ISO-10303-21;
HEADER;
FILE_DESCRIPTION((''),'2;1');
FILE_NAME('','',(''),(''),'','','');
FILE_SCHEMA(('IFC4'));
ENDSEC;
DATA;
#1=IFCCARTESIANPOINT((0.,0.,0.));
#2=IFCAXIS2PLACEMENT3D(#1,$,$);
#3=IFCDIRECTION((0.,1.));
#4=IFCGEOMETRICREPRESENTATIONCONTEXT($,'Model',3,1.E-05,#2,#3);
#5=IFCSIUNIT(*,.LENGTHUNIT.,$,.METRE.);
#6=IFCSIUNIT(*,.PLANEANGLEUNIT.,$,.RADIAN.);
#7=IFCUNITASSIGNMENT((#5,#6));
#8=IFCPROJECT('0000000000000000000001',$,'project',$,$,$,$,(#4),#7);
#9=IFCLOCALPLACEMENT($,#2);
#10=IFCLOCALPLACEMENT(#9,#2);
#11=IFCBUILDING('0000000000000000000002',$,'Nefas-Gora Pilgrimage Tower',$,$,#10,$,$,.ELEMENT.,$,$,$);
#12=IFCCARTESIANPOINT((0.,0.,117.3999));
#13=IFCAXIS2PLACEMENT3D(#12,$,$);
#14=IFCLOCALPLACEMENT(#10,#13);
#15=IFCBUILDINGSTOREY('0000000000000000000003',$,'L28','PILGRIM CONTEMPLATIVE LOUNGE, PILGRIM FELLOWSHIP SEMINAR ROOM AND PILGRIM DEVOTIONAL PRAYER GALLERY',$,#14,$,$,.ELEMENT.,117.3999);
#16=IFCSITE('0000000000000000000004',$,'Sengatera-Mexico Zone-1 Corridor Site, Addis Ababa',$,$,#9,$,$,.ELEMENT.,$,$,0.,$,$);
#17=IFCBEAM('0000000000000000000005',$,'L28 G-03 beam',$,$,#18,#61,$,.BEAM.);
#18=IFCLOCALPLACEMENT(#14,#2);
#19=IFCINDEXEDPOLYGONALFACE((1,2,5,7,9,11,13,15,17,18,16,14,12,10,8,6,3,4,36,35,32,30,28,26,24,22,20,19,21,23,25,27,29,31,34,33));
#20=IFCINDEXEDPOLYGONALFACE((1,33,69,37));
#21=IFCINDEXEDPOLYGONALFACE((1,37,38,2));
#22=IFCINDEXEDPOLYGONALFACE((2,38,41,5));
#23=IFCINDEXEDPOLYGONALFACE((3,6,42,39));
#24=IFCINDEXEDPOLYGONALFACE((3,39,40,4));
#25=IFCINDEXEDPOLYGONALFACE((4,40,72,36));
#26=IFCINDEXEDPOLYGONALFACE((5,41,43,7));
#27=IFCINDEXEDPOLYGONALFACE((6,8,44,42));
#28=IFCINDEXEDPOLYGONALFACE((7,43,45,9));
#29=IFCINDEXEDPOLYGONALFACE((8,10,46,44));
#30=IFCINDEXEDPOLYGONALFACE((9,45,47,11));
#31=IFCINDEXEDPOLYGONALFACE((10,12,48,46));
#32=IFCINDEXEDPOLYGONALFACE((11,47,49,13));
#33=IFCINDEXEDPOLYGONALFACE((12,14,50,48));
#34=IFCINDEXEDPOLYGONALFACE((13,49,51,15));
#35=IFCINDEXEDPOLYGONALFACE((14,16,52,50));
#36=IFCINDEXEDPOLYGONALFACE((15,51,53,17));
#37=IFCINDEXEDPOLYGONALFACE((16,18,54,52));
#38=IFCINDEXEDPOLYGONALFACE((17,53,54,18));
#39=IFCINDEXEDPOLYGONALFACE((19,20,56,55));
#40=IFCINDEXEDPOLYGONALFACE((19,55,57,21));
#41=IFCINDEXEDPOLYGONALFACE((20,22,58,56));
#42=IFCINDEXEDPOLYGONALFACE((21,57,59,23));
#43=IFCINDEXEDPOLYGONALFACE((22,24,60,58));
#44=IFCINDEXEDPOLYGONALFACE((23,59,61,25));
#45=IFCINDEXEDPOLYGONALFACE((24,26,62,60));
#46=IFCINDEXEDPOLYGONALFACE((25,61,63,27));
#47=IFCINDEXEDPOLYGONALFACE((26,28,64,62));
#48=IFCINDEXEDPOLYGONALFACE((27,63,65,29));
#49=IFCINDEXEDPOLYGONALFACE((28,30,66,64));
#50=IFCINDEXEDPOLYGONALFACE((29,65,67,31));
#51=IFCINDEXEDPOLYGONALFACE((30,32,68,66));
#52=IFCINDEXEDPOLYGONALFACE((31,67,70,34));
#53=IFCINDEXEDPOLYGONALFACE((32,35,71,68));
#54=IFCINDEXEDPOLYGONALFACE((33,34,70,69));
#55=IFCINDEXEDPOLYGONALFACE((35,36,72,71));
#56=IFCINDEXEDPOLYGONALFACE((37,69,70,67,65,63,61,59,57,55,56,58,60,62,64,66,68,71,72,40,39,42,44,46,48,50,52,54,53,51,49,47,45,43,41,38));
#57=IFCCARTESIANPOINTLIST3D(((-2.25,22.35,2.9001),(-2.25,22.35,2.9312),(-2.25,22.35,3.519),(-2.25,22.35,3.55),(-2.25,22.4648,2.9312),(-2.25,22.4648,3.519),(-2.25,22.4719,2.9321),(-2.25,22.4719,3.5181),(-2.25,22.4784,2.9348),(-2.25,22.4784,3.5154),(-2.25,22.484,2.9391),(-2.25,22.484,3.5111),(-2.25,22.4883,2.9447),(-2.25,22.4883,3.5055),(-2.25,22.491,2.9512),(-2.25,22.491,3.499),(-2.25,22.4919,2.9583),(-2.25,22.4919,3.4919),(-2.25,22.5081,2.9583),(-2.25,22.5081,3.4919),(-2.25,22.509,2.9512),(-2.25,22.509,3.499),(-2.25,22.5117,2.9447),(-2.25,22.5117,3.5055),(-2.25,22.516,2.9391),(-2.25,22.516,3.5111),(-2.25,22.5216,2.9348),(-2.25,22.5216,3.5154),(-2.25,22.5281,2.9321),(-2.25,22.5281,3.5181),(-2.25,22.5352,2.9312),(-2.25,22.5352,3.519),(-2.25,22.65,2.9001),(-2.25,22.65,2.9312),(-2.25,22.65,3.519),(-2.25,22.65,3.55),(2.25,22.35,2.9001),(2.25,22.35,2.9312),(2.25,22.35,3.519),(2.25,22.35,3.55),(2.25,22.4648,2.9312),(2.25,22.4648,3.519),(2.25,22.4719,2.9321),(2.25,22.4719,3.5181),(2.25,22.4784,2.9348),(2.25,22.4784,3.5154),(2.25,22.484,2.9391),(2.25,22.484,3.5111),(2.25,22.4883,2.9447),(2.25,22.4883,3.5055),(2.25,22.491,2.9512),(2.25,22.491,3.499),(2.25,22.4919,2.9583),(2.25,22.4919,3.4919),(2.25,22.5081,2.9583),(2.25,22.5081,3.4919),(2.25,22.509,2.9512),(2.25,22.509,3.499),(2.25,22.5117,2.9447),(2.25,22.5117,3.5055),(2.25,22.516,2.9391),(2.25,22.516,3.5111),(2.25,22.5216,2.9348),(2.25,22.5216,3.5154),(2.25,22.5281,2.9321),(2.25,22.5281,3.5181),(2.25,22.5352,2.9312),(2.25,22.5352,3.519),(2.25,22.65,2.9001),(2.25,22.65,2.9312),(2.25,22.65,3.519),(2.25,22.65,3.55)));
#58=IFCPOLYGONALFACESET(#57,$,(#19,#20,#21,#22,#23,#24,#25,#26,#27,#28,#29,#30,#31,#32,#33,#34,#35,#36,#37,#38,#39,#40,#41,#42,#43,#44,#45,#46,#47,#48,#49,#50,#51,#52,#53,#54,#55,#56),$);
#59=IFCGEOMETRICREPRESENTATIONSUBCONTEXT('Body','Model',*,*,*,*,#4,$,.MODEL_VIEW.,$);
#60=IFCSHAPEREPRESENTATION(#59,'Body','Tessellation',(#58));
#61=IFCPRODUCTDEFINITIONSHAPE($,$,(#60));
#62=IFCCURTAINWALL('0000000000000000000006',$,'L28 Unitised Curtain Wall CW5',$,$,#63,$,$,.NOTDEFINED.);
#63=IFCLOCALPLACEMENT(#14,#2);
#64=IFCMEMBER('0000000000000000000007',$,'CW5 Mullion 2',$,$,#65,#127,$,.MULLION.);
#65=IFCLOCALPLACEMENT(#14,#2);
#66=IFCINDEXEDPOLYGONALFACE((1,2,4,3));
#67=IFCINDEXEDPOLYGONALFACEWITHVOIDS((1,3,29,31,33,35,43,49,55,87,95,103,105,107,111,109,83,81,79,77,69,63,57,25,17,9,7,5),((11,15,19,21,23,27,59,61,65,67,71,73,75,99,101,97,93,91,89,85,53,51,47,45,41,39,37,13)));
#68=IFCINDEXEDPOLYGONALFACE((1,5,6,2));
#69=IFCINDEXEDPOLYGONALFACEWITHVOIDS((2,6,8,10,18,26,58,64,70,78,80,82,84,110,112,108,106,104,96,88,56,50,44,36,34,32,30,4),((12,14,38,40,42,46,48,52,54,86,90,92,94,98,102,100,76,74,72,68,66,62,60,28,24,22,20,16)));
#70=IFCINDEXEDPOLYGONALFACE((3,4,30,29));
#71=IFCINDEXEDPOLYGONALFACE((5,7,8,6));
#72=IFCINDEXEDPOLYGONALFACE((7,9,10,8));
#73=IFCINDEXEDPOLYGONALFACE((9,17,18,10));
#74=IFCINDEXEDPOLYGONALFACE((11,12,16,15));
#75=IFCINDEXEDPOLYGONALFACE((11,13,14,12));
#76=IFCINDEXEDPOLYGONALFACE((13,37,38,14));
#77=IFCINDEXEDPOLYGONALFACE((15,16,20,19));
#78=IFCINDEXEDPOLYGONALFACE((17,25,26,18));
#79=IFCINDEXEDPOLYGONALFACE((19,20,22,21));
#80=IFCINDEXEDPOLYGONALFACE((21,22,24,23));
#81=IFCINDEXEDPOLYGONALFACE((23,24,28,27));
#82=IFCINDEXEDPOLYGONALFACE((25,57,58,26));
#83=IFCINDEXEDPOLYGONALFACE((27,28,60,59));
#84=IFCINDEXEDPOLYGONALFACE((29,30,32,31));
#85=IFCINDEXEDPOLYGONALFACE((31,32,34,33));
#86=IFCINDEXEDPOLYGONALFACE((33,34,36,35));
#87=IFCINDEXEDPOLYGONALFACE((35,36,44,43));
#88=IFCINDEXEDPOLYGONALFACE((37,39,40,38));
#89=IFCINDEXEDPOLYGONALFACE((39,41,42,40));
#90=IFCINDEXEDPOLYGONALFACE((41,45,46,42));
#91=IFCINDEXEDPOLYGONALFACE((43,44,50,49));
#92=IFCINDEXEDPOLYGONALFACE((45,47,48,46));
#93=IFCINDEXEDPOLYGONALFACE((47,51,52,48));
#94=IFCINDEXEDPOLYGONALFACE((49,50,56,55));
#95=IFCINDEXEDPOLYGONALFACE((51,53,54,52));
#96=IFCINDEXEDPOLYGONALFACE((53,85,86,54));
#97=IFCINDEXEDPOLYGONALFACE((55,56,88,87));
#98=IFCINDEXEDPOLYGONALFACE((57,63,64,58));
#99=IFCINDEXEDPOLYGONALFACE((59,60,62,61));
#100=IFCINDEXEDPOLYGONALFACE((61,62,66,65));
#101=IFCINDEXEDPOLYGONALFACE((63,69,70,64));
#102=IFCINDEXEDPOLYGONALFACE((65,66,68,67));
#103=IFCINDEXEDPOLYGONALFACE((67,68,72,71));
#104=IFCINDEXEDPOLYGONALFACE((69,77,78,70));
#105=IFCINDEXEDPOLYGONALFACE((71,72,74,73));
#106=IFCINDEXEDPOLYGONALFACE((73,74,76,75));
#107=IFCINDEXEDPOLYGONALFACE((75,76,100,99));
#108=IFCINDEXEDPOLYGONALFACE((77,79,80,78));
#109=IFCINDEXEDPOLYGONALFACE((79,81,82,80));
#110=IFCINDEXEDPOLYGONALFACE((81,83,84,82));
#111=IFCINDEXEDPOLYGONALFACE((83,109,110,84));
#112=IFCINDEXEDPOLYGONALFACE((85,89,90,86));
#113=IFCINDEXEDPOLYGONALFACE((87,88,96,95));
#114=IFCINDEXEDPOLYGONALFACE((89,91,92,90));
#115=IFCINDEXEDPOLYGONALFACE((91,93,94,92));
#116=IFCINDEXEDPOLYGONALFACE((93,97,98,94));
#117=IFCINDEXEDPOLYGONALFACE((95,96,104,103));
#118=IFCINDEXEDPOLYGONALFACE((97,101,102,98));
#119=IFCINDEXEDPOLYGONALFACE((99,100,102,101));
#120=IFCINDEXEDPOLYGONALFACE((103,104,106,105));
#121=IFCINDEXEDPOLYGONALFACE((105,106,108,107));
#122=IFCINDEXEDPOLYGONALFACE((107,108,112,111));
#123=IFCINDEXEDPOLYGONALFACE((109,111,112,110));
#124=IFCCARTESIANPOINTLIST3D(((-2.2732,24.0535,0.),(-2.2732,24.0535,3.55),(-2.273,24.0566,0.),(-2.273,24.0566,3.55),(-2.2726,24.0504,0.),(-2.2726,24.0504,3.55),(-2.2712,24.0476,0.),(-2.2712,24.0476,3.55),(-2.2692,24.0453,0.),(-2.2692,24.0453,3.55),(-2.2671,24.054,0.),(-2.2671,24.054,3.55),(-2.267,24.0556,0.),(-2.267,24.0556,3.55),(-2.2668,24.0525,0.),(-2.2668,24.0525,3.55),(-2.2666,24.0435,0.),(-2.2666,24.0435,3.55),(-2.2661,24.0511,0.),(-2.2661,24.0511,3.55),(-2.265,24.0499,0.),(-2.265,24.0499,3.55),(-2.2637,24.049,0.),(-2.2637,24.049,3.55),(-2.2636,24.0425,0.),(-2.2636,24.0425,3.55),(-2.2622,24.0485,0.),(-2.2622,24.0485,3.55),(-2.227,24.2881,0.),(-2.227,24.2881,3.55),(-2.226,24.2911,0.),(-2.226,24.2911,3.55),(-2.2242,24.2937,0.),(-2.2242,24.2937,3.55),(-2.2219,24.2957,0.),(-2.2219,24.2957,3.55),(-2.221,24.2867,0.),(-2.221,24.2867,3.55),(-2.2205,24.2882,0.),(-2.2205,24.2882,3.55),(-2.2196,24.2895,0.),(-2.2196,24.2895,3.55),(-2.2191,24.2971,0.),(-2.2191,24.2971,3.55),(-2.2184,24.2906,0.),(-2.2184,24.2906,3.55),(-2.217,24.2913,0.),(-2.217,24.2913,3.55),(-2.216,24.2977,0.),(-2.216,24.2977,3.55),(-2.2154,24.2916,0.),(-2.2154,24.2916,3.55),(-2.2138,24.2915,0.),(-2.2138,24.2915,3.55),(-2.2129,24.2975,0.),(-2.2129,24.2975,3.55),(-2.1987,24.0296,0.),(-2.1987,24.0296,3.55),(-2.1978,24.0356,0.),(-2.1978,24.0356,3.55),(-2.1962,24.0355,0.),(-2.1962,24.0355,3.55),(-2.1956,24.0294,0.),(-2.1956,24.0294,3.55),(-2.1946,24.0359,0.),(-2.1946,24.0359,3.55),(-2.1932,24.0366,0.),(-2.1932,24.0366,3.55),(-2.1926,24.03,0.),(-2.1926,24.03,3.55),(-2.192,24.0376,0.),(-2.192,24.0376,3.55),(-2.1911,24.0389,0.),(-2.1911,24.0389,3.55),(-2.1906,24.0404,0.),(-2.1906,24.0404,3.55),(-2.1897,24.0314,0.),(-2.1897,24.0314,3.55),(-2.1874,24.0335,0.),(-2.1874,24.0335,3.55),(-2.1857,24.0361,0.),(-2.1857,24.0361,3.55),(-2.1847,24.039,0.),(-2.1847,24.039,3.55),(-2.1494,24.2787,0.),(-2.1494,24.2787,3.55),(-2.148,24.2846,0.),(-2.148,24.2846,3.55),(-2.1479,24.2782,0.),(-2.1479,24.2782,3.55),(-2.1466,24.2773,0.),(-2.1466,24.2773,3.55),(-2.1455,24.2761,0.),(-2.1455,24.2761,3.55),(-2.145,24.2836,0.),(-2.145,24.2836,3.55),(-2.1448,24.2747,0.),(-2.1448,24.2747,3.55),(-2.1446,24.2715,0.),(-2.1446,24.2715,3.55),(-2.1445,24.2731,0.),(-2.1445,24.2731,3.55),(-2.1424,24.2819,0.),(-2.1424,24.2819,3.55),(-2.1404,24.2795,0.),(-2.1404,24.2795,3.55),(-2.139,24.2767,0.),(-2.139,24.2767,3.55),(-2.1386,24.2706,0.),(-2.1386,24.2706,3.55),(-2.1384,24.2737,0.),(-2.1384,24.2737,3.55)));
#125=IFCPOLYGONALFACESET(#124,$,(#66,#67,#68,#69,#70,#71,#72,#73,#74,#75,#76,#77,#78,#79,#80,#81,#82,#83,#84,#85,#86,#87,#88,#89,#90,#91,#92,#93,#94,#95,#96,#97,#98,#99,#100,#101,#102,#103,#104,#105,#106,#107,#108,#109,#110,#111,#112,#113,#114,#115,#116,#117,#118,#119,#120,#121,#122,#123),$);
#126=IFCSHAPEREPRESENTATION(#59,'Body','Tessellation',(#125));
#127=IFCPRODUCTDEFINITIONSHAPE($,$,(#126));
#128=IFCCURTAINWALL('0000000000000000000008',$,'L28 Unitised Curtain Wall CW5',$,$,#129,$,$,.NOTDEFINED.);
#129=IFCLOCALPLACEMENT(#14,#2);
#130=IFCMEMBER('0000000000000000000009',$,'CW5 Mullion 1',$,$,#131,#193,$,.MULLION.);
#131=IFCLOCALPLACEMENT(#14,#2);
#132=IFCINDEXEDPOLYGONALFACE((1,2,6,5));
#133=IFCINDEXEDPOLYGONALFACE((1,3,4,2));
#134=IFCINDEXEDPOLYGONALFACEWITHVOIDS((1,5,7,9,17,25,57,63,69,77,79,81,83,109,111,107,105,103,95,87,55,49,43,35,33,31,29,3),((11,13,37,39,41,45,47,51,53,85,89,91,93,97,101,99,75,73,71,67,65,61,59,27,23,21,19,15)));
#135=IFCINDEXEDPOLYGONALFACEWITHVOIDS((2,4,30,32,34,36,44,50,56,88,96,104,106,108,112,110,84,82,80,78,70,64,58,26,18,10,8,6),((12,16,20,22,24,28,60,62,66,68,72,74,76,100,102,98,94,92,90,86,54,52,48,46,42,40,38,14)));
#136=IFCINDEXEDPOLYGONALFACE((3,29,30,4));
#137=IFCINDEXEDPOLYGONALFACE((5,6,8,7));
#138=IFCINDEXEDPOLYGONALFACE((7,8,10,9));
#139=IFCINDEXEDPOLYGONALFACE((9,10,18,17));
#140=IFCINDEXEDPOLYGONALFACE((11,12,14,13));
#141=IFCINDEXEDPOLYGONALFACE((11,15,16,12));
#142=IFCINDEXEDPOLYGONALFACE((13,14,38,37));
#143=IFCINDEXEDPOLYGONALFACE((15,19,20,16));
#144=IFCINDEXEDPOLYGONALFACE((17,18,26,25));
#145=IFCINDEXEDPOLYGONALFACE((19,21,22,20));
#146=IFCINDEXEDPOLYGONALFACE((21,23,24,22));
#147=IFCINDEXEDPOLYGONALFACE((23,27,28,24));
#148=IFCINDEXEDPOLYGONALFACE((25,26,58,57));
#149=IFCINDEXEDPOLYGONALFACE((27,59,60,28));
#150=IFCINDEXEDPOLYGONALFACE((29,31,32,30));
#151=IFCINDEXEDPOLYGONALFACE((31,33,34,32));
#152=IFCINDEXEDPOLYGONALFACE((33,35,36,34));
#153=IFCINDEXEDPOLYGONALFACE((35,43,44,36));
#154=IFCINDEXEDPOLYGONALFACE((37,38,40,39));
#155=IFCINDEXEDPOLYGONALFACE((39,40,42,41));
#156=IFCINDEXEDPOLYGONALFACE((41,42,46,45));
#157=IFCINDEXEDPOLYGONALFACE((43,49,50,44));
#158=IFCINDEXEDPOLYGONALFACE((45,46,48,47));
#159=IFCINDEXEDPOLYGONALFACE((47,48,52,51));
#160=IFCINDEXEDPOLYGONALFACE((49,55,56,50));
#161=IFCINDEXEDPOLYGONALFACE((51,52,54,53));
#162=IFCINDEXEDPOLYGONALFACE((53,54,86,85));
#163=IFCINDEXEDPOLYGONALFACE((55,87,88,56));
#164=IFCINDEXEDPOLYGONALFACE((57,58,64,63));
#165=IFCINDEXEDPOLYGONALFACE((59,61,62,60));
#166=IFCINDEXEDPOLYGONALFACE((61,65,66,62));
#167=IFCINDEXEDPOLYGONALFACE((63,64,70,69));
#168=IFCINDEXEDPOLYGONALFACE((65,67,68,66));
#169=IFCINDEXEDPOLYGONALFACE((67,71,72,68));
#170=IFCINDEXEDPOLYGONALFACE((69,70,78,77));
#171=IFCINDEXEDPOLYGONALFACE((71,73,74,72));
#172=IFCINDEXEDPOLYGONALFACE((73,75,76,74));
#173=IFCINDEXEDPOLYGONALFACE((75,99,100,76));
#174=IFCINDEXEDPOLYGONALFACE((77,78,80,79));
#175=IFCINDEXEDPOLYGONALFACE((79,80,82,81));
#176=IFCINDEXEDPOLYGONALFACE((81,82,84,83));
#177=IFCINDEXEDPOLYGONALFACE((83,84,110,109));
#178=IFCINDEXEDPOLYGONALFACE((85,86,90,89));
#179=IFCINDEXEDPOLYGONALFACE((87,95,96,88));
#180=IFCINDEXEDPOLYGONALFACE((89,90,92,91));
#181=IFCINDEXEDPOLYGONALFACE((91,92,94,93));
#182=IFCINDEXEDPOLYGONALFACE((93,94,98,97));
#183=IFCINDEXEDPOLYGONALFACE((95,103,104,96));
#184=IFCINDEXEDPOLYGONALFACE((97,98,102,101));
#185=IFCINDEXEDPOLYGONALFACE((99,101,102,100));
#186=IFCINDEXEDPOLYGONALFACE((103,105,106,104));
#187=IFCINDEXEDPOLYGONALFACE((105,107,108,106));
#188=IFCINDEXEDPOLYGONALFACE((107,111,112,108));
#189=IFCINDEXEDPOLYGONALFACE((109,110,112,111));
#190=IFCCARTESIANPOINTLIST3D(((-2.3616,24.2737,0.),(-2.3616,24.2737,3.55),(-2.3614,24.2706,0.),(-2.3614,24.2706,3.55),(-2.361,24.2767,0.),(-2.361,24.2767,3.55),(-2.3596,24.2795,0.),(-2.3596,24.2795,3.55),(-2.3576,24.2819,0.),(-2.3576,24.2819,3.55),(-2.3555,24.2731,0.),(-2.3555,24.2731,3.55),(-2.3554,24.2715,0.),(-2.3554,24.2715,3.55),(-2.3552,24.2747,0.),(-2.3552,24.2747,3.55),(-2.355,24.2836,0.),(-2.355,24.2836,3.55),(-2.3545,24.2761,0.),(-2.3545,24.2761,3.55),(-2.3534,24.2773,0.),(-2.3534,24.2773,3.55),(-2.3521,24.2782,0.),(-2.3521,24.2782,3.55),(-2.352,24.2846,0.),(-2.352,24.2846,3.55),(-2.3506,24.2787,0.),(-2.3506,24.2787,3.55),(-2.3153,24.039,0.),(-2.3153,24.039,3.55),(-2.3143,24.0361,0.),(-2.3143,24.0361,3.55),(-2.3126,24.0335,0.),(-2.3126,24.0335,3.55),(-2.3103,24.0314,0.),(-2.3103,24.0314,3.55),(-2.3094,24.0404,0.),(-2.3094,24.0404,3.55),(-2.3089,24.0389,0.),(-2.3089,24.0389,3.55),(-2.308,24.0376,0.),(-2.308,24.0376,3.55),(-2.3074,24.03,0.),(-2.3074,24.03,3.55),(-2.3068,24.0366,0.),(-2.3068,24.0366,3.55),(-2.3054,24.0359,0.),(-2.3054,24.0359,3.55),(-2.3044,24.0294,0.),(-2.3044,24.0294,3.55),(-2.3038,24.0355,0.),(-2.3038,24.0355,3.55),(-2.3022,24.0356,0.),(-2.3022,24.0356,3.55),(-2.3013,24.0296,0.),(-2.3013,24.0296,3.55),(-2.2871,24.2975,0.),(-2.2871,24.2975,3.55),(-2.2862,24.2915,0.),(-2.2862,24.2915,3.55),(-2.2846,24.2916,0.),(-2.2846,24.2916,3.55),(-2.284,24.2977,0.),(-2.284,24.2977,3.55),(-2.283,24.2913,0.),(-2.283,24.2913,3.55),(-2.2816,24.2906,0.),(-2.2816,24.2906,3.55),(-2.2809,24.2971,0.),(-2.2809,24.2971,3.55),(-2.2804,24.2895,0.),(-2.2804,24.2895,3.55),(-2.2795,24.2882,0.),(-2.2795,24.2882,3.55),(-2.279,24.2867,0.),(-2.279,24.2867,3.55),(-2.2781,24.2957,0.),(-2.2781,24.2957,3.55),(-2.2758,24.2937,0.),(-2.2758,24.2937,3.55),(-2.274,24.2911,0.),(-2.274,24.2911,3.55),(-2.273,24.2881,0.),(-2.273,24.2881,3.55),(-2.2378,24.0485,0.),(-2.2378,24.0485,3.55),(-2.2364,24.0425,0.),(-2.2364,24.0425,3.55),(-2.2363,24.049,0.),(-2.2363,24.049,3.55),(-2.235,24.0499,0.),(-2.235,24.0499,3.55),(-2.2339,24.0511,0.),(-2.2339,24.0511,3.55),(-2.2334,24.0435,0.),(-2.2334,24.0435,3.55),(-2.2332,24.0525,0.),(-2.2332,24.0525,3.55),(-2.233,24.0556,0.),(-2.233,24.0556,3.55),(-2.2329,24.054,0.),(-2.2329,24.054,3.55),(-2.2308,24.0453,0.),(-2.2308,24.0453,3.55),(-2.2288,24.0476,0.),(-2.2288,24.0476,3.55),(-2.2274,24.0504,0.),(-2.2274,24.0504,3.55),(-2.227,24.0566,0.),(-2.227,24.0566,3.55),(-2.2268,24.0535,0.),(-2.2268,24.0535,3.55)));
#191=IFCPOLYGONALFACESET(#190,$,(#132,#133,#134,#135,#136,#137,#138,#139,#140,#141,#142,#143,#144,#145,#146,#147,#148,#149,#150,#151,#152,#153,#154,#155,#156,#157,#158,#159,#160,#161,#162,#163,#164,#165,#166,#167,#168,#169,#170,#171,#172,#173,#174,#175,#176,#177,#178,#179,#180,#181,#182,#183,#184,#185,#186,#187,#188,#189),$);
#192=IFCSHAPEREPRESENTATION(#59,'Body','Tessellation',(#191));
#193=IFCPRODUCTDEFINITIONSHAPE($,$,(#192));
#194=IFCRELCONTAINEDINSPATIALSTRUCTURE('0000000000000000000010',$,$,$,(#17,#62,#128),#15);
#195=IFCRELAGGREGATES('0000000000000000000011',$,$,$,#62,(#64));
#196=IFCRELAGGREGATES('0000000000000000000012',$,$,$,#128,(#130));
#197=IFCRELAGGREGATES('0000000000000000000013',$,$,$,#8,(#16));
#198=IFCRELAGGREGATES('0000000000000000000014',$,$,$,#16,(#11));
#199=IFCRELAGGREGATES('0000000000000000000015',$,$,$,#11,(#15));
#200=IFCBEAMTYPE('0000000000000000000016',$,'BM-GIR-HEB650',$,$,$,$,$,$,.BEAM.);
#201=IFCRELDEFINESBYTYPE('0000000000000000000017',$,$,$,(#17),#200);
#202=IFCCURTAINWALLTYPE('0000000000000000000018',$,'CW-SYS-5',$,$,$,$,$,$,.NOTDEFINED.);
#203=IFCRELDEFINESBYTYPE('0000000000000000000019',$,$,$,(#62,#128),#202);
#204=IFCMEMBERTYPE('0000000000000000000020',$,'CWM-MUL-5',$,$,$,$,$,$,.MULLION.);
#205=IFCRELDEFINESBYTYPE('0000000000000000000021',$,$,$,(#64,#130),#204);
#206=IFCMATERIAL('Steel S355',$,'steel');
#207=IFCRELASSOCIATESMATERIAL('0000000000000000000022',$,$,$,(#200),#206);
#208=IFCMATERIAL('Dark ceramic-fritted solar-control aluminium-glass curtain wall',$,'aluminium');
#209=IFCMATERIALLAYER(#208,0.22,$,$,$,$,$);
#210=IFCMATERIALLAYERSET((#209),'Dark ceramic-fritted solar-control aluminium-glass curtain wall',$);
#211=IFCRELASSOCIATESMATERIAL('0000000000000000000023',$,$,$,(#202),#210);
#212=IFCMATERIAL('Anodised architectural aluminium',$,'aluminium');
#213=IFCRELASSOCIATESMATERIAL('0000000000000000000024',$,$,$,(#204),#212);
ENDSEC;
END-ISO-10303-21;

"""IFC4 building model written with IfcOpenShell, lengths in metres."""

from ifc_helpers import new_model, si_unit, direction, frame, origin, origin_2d, place, context, subcontext, project, spatial, hollow_rectangle, i_section, extrude, source, transform, mapped, material, layer, layer_set, material_profile, profile_set, type_object, element, aggregate, save


model = new_model("IFC4")

# Units and contexts
model_context = context("Model", 3, precision=1e-05, world=origin(), true_north=direction((0.0, 1.0)))
body_context = subcontext(model_context, "Body", "Model", "MODEL_VIEW")
ifc_project = project(units=[si_unit("LENGTHUNIT", "METRE"), si_unit("PLANEANGLEUNIT", "RADIAN")], contexts=[model_context])

# Site, building, storey
site_placement = place(None, origin())
site = spatial("IfcSite", under=ifc_project, at=site_placement, Name="Sengatera-Mexico Zone-1 Corridor Site, Addis Ababa", CompositionType="ELEMENT", RefElevation=0.0)
building_placement = place(site_placement, origin())
building = spatial("IfcBuilding", under=site, at=building_placement, Name="Nefas-Gora Pilgrimage Tower", CompositionType="ELEMENT")
storey_placement = place(building_placement, frame((0.0, 0.0, 117.3999)))
storey = spatial("IfcBuildingStorey", under=building, at=storey_placement, Name="L28", Description="PILGRIM CONTEMPLATIVE LOUNGE, PILGRIM FELLOWSHIP SEMINAR ROOM AND PILGRIM DEVOTIONAL PRAYER GALLERY", CompositionType="ELEMENT", Elevation=117.3999)

# Beam
ifc_material_1 = material(Name="Steel S355", Category="steel")
ifc_material_profile_1 = material_profile(ifc_material_1, i_section(OverallWidth=0.3, OverallDepth=0.6499, WebThickness=0.0161, FlangeThickness=0.031, FilletRadius=0.0271, at=origin_2d()), Name="HEB 650")
ifc_profile_set_1 = profile_set([ifc_material_profile_1], Name="Steel S355")
beam_type = type_object("IfcBeamType", Name="BM-GIR-HEB650", PredefinedType="BEAM", material=ifc_profile_set_1)
shared_shape_1 = source(origin(), body_context, "Body", "SweptSolid", [
    extrude(i_section(OverallWidth=0.3, OverallDepth=0.6499, WebThickness=0.0161, FlangeThickness=0.031, FilletRadius=0.0271, at=origin_2d()), origin(), (0.0, 0.0, 1.0), 4.5),
])
for number, where, z_axis, x_axis, name in (
    (1, (-2.25, 22.5, 3.2251), (1.0, 0.0, 0.0), (0.0, 1.0, 0.0), "L28 G-03 beam"),
):
    element("IfcBeam", number, at=place(storey_placement, frame(where, z_axis=z_axis, x_axis=x_axis)), inside=storey, type_object=beam_type, Name=name, PredefinedType="BEAM", context=body_context, shape_type="MappedRepresentation", body=[
        mapped(shared_shape_1, transform((0.0, 0.0, 0.0), x_axis=(1.0, 0.0, 0.0), y_axis=(0.0, 1.0, 0.0), z_axis=(0.0, 0.0, 1.0), scale=1.0)),
    ])

# Curtain wall, member
ifc_material_2 = material(Name="Dark ceramic-fritted solar-control aluminium-glass curtain wall", Category="aluminium")
ifc_layer_1 = layer(ifc_material_2, 0.22)
ifc_layer_set_1 = layer_set([ifc_layer_1], Name="Dark ceramic-fritted solar-control aluminium-glass curtain wall")
curtain_wall_type = type_object("IfcCurtainWallType", Name="CW-SYS-5", PredefinedType="NOTDEFINED", material=ifc_layer_set_1)
curtain_wall_1_placement = place(storey_placement, origin())
curtain_wall_1 = element("IfcCurtainWall", 2, at=curtain_wall_1_placement, inside=storey, type_object=curtain_wall_type, Name="L28 Unitised Curtain Wall CW5", PredefinedType="NOTDEFINED")
ifc_material_3 = material(Name="Anodised architectural aluminium", Category="aluminium")
ifc_material_profile_2 = material_profile(ifc_material_3, hollow_rectangle(XDim=0.0901, YDim=0.26, WallThickness=0.0061, InnerFilletRadius=0.0061, OuterFilletRadius=0.012, at=origin_2d()), Name="ALU MULLION 90x260")
ifc_profile_set_2 = profile_set([ifc_material_profile_2], Name="Anodised architectural aluminium")
member_type_1 = type_object("IfcMemberType", Name="CWM-MUL-5", PredefinedType="MULLION", material=ifc_profile_set_2)
shared_shape_2 = source(origin(), body_context, "Body", "SweptSolid", [
    extrude(hollow_rectangle(XDim=0.0901, YDim=0.26, WallThickness=0.0061, InnerFilletRadius=0.0061, OuterFilletRadius=0.012, at=origin_2d()), origin(), (0.0, 0.0, 1.0), 3.55),
])
member_1_placement = place(storey_placement, frame((-2.2058, 24.1636, 0.0), z_axis=(0.0, 0.0, 1.0), x_axis=(-0.980783, 0.195102, 0.0)))
member_1 = element("IfcMember", 3, at=member_1_placement, type_object=member_type_1, Name="CW5 Mullion 2", PredefinedType="MULLION", context=body_context, shape_type="MappedRepresentation", body=[
    mapped(shared_shape_2, transform((0.0, 0.0, 0.0), x_axis=(1.0, 0.0, 0.0), y_axis=(0.0, 1.0, 0.0), z_axis=(0.0, 0.0, 1.0), scale=1.0)),
])

# Curtain wall, member
curtain_wall_2_placement = place(storey_placement, origin())
curtain_wall_2 = element("IfcCurtainWall", 4, at=curtain_wall_2_placement, inside=storey, type_object=curtain_wall_type, Name="L28 Unitised Curtain Wall CW5", PredefinedType="NOTDEFINED")
member_2_placement = place(storey_placement, frame((-2.2942, 24.1636, 0.0), z_axis=(0.0, 0.0, 1.0), x_axis=(-0.980783, -0.195102, 0.0)))
member_2 = element("IfcMember", 5, at=member_2_placement, type_object=member_type_1, Name="CW5 Mullion 1", PredefinedType="MULLION", context=body_context, shape_type="MappedRepresentation", body=[
    mapped(shared_shape_2, transform((0.0, 0.0, 0.0), x_axis=(1.0, 0.0, 0.0), y_axis=(0.0, 1.0, 0.0), z_axis=(0.0, 0.0, 1.0), scale=1.0)),
])

aggregate(curtain_wall_1, [member_1])
aggregate(curtain_wall_2, [member_2])

save(model, "model.ifc")
